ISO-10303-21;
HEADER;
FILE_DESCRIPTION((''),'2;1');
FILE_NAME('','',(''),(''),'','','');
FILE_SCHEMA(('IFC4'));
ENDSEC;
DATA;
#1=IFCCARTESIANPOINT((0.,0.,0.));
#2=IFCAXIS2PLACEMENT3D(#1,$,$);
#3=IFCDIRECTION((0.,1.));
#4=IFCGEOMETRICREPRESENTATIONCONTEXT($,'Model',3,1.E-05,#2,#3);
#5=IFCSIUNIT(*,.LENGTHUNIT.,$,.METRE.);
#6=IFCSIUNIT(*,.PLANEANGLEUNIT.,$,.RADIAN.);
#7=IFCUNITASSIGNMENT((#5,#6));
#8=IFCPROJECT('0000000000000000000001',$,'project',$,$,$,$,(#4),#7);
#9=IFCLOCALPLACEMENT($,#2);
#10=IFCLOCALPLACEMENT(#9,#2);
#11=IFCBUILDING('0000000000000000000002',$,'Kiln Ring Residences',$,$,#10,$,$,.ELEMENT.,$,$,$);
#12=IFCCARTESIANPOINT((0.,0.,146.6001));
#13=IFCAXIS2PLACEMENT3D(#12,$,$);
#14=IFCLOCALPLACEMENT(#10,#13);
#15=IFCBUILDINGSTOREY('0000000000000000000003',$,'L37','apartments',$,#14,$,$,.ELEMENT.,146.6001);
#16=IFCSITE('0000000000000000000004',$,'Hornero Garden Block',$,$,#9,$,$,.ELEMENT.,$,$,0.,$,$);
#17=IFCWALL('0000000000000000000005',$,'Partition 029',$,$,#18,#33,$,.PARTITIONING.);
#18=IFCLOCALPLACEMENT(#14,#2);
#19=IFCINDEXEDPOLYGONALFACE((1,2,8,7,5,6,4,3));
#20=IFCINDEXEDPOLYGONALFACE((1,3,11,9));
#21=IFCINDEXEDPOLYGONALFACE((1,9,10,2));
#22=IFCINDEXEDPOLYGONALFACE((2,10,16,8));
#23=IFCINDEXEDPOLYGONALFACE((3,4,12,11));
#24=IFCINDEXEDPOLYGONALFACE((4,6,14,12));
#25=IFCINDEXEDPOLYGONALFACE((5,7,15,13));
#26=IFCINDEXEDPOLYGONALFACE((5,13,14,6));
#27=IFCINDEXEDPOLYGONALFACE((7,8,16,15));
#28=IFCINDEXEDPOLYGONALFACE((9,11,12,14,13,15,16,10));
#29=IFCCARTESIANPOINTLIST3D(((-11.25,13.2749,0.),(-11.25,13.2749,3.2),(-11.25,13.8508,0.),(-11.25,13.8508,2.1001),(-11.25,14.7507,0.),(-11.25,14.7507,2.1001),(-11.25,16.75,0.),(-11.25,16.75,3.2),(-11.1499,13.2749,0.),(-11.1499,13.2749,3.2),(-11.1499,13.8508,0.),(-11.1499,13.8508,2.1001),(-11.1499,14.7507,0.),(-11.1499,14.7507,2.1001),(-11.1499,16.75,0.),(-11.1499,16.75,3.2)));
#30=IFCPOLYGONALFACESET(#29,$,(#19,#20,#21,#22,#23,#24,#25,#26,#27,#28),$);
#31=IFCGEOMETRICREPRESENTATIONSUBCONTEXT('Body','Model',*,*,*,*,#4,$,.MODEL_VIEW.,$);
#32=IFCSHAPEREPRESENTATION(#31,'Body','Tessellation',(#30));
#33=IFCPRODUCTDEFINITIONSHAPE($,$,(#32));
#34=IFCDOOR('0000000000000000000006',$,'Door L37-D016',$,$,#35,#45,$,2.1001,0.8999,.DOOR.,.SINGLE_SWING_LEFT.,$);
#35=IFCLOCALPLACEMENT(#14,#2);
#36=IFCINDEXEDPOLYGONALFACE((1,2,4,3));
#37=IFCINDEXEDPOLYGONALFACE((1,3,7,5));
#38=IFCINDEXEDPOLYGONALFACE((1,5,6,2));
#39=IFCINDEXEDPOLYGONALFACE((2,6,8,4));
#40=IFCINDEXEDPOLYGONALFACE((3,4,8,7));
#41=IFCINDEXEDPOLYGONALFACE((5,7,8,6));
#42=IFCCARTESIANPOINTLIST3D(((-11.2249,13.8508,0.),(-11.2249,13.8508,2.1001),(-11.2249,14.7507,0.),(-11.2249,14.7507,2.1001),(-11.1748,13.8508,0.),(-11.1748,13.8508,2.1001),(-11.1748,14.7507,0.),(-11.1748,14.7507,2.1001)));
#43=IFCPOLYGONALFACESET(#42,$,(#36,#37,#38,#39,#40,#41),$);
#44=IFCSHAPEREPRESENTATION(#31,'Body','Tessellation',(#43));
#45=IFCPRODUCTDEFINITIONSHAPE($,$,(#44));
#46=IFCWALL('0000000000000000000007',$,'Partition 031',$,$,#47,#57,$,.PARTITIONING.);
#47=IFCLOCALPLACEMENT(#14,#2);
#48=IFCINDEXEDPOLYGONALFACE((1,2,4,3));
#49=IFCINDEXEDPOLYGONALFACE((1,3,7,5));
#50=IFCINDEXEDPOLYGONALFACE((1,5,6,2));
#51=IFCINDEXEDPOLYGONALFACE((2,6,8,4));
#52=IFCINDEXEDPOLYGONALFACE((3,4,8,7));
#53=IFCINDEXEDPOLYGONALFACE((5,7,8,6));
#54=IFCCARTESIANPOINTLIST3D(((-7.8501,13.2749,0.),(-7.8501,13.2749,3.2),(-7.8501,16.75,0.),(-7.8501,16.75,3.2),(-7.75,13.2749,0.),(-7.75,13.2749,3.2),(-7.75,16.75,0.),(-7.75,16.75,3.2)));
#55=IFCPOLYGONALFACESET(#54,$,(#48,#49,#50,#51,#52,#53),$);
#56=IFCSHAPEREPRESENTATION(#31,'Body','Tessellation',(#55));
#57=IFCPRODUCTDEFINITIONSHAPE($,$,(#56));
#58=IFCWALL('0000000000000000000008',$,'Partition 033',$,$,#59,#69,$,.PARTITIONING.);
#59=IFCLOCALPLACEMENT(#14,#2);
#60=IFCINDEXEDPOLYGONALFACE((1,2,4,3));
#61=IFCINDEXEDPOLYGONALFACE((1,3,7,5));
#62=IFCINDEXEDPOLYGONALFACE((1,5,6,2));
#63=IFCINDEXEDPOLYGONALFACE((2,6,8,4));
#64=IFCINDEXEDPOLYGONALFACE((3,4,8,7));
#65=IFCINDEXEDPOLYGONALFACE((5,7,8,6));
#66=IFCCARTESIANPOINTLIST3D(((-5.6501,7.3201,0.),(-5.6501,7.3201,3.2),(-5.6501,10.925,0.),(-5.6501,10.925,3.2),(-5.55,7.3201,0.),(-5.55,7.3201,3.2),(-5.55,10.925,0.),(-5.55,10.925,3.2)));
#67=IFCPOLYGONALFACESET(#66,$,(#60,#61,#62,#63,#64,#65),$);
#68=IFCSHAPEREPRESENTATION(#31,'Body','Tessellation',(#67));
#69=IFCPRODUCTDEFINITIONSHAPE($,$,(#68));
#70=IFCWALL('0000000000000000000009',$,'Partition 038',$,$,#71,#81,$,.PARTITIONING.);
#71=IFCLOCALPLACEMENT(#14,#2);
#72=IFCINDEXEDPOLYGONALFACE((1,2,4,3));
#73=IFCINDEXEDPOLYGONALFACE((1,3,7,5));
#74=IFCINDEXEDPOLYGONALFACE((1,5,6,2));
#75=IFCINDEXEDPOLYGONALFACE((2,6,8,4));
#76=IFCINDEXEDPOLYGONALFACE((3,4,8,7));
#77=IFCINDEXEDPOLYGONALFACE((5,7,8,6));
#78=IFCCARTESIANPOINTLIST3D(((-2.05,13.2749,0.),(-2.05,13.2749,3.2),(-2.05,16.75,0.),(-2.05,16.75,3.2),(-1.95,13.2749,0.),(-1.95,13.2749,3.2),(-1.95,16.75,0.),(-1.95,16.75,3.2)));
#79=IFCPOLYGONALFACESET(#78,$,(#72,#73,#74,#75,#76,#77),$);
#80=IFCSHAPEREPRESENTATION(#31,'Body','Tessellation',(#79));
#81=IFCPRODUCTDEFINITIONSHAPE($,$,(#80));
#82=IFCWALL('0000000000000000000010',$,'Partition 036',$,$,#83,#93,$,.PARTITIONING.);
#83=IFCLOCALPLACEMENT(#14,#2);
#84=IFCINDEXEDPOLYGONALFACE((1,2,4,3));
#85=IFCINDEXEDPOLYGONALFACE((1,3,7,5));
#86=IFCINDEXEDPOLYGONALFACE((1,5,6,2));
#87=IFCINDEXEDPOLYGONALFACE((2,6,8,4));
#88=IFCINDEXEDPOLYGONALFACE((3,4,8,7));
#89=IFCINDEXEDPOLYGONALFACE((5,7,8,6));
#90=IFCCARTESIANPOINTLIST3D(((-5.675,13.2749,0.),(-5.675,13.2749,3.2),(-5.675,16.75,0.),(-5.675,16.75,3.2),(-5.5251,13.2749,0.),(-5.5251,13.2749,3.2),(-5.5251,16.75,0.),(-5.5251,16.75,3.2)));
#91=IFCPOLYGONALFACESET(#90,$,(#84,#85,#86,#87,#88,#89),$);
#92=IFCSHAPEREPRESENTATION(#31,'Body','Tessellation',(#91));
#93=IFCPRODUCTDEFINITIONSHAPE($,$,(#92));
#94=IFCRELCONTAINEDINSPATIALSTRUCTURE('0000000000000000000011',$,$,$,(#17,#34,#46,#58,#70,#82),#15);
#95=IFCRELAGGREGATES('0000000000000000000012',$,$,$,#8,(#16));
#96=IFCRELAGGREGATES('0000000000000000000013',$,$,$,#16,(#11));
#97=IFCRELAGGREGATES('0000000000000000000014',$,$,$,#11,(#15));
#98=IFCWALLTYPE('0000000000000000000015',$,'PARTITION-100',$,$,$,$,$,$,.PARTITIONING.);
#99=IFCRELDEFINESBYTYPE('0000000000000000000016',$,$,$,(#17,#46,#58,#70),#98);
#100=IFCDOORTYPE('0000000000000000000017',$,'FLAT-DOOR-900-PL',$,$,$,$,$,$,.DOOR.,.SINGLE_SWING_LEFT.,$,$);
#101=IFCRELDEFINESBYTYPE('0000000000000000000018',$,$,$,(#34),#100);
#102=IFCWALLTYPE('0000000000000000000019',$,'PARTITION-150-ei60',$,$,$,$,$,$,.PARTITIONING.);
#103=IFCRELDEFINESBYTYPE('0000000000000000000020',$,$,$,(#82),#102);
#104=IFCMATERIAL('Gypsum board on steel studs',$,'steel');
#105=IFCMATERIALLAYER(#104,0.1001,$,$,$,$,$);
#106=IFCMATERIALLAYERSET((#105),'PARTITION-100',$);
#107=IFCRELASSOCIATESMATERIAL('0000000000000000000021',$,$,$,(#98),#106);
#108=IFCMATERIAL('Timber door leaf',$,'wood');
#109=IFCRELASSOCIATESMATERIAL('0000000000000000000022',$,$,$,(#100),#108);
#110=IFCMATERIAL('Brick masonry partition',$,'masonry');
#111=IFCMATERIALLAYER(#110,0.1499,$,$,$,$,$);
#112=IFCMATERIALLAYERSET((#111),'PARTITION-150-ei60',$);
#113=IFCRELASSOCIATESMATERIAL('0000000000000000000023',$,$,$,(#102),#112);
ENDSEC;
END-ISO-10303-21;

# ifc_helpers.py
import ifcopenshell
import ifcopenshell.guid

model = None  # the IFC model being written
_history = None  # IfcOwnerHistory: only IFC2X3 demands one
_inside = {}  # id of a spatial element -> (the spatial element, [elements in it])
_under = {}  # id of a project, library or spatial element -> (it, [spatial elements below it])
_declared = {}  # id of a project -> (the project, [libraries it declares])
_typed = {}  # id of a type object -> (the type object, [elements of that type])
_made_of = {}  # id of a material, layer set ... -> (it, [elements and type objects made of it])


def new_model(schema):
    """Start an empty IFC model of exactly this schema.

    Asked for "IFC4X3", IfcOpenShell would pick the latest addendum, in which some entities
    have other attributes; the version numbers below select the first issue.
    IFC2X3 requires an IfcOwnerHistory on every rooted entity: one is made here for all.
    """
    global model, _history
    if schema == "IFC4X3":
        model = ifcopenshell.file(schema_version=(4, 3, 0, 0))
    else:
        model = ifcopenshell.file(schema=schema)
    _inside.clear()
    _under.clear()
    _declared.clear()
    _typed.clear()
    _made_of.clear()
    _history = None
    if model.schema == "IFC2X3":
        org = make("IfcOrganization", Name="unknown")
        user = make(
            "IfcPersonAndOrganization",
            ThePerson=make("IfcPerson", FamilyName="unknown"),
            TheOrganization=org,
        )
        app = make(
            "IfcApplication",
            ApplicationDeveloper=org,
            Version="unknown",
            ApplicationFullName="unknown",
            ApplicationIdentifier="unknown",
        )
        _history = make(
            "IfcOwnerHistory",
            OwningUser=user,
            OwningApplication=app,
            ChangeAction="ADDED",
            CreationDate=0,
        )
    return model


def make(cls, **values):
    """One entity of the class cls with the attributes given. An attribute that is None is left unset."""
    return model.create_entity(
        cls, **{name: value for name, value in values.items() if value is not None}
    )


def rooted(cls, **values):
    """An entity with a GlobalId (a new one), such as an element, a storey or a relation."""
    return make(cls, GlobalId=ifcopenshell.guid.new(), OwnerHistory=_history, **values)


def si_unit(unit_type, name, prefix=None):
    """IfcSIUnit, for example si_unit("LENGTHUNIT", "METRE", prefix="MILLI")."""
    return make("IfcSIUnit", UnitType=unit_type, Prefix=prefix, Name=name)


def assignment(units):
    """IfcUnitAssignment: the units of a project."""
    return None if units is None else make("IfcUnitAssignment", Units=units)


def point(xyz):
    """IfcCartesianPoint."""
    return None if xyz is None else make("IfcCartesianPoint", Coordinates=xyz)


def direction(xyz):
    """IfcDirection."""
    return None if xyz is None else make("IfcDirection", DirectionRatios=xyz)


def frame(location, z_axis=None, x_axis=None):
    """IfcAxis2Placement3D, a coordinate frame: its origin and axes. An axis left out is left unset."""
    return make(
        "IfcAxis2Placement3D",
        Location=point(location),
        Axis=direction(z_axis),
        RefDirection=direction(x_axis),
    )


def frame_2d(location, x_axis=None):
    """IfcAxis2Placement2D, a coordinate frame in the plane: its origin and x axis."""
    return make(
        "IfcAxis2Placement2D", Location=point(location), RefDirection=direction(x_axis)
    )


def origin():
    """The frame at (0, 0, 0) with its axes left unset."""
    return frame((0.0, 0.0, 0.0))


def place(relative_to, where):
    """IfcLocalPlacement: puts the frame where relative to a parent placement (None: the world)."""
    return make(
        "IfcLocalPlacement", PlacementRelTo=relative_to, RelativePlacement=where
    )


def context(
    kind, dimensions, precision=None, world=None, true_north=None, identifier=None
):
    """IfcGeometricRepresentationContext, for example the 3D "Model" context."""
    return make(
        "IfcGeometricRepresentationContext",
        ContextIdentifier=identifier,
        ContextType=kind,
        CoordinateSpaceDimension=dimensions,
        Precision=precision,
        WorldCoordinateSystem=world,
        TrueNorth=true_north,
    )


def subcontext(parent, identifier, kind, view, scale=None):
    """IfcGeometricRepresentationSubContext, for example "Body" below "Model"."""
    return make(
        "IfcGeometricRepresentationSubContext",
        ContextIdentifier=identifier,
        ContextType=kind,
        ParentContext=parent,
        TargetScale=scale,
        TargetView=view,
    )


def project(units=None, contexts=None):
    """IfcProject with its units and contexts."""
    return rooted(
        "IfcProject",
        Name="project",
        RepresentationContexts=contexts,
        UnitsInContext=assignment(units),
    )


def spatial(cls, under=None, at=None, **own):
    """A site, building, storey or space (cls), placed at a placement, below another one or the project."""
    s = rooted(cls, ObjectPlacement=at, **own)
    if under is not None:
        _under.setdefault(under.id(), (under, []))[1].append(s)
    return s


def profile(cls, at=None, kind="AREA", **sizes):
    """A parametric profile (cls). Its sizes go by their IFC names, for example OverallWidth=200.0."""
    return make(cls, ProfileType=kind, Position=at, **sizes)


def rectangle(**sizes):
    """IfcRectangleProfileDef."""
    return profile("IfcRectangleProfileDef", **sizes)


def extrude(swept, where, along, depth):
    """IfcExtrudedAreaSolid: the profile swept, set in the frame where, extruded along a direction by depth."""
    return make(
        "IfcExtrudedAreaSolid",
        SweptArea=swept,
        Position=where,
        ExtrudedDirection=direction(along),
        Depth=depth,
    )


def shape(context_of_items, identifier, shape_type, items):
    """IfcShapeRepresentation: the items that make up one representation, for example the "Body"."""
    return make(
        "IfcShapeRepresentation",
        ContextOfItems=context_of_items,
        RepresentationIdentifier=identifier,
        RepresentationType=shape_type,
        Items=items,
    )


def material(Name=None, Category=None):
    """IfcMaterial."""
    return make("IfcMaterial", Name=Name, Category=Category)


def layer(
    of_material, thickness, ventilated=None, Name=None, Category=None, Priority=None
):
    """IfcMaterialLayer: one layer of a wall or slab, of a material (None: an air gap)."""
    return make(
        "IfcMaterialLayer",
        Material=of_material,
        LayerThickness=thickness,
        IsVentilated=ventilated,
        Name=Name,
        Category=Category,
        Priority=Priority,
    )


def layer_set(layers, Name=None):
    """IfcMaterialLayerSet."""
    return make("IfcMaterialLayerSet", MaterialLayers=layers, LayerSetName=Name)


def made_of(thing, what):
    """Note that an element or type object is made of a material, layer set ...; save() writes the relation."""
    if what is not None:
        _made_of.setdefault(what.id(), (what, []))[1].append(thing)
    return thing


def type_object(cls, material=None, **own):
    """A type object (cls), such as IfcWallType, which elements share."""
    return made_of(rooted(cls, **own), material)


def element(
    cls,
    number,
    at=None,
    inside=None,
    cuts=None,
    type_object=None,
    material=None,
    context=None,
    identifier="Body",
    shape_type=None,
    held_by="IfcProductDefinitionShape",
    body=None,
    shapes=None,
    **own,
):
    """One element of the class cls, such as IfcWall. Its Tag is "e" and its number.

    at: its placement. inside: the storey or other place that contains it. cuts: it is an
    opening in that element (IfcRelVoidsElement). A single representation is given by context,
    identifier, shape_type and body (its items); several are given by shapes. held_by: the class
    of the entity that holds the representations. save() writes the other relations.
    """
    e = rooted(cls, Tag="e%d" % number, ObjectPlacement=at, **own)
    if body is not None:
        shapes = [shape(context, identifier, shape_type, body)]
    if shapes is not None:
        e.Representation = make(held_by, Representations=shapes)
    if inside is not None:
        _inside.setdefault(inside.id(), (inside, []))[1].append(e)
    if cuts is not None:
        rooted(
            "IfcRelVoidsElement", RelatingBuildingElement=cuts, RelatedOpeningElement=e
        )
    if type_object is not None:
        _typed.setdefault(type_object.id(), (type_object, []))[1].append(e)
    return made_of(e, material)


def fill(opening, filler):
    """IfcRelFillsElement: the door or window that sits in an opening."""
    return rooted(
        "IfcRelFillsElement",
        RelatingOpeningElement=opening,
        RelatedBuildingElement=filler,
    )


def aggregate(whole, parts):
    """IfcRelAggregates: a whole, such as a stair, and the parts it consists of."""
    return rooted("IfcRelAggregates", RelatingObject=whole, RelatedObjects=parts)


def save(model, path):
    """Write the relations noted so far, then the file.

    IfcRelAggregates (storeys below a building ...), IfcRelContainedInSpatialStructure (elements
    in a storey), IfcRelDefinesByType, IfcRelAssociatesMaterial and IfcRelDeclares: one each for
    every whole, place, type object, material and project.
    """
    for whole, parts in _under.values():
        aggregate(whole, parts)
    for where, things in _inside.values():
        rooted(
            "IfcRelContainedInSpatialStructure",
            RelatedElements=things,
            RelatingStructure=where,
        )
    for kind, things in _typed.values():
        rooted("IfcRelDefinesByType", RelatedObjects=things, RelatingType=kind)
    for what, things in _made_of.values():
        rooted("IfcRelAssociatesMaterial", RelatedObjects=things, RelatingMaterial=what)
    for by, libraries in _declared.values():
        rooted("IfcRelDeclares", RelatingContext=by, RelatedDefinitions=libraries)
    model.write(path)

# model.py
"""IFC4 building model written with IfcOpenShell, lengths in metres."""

from ifc_helpers import new_model, si_unit, direction, frame, frame_2d, origin, place, context, subcontext, project, spatial, rectangle, extrude, material, layer, layer_set, type_object, element, fill, save


model = new_model("IFC4")

# Units and contexts
model_context = context("Model", 3, precision=1e-05, world=origin(), true_north=direction((0.0, 1.0)))
body_context = subcontext(model_context, "Body", "Model", "MODEL_VIEW")
ifc_project = project(units=[si_unit("LENGTHUNIT", "METRE"), si_unit("PLANEANGLEUNIT", "RADIAN")], contexts=[model_context])

# Site, building, storey
site_placement = place(None, origin())
site = spatial("IfcSite", under=ifc_project, at=site_placement, Name="Hornero Garden Block", CompositionType="ELEMENT", RefElevation=0.0)
building_placement = place(site_placement, origin())
building = spatial("IfcBuilding", under=site, at=building_placement, Name="Kiln Ring Residences", CompositionType="ELEMENT")
storey_placement = place(building_placement, frame((0.0, 0.0, 146.6001)))
storey = spatial("IfcBuildingStorey", under=building, at=storey_placement, Name="L37", Description="apartments", CompositionType="ELEMENT", Elevation=146.6001)

# Wall, opening, door
ifc_material_1 = material(Name="Gypsum board on steel studs", Category="steel")
ifc_layer_1 = layer(ifc_material_1, 0.1001)
ifc_layer_set_1 = layer_set([ifc_layer_1], Name="PARTITION-100")
wall_type_1 = type_object("IfcWallType", Name="PARTITION-100", PredefinedType="PARTITIONING", material=ifc_layer_set_1)
wall_1_placement = place(storey_placement, frame((-11.2, 13.2749, 0.0), z_axis=(0.0, 0.0, 1.0), x_axis=(0.0, 1.0, 0.0)))
wall_1 = element("IfcWall", 1, at=wall_1_placement, inside=storey, type_object=wall_type_1, Name="Partition 029", PredefinedType="PARTITIONING", context=body_context, shape_type="SweptSolid", body=[
    extrude(rectangle(XDim=3.4751, YDim=0.1001, at=frame_2d((1.7375, 0.0))), origin(), (0.0, 0.0, 1.0), 3.2),
])
opening_placement = place(wall_1_placement, frame((0.5759, 0.0, 0.0)))
opening = element("IfcOpeningElement", 2, at=opening_placement, cuts=wall_1, PredefinedType="OPENING", context=body_context, shape_type="SweptSolid", body=[
    extrude(rectangle(XDim=0.8999, YDim=2.1001, at=frame_2d((0.45, 1.05))), frame((0.0, 0.0601, 0.0), z_axis=(0.0, -1.0, 0.0), x_axis=(1.0, 0.0, 0.0)), (0.0, 0.0, 1.0), 0.1201),
])
ifc_material_2 = material(Name="Timber door leaf", Category="wood")
door_type = type_object("IfcDoorType", Name="FLAT-DOOR-900-PL", OperationType="SINGLE_SWING_LEFT", PredefinedType="DOOR", material=ifc_material_2)
door_placement = place(opening_placement, origin())
door = element("IfcDoor", 3, at=door_placement, inside=storey, type_object=door_type, Name="Door L37-D016", OperationType="SINGLE_SWING_LEFT", OverallHeight=2.1001, OverallWidth=0.8999, PredefinedType="DOOR", context=body_context, shape_type="SweptSolid", body=[
    extrude(rectangle(XDim=0.8999, YDim=2.1001, at=frame_2d((0.45, 1.05))), frame((0.0, 0.0249, 0.0), z_axis=(0.0, -1.0, 0.0), x_axis=(1.0, 0.0, 0.0)), (0.0, 0.0, 1.0), 0.05),
])
fill(opening, door)

# Walls
wall_2_placement = place(storey_placement, frame((-7.8, 13.2749, 0.0), z_axis=(0.0, 0.0, 1.0), x_axis=(0.0, 1.0, 0.0)))
element("IfcWall", 4, at=wall_2_placement, inside=storey, type_object=wall_type_1, Name="Partition 031", PredefinedType="PARTITIONING", context=body_context, shape_type="SweptSolid", body=[
    extrude(rectangle(XDim=3.4751, YDim=0.1001, at=frame_2d((1.7375, 0.0))), origin(), (0.0, 0.0, 1.0), 3.2),
])
wall_3_placement = place(storey_placement, frame((-5.6001, 7.3201, 0.0), z_axis=(0.0, 0.0, 1.0), x_axis=(0.0, 1.0, 0.0)))
element("IfcWall", 5, at=wall_3_placement, inside=storey, type_object=wall_type_1, Name="Partition 033", PredefinedType="PARTITIONING", context=body_context, shape_type="SweptSolid", body=[
    extrude(rectangle(XDim=3.605, YDim=0.1001, at=frame_2d((1.8025, 0.0))), origin(), (0.0, 0.0, 1.0), 3.2),
])
wall_4_placement = place(storey_placement, frame((-2.0, 13.2749, 0.0), z_axis=(0.0, 0.0, 1.0), x_axis=(0.0, 1.0, 0.0)))
element("IfcWall", 6, at=wall_4_placement, inside=storey, type_object=wall_type_1, Name="Partition 038", PredefinedType="PARTITIONING", context=body_context, shape_type="SweptSolid", body=[
    extrude(rectangle(XDim=3.4751, YDim=0.1001, at=frame_2d((1.7375, 0.0))), origin(), (0.0, 0.0, 1.0), 3.2),
])
ifc_material_3 = material(Name="Brick masonry partition", Category="masonry")
ifc_layer_2 = layer(ifc_material_3, 0.1499)
ifc_layer_set_2 = layer_set([ifc_layer_2], Name="PARTITION-150-ei60")
wall_type_2 = type_object("IfcWallType", Name="PARTITION-150-ei60", PredefinedType="PARTITIONING", material=ifc_layer_set_2)
wall_5_placement = place(storey_placement, frame((-5.6001, 13.2749, 0.0), z_axis=(0.0, 0.0, 1.0), x_axis=(0.0, 1.0, 0.0)))
element("IfcWall", 7, at=wall_5_placement, inside=storey, type_object=wall_type_2, Name="Partition 036", PredefinedType="PARTITIONING", context=body_context, shape_type="SweptSolid", body=[
    extrude(rectangle(XDim=3.4751, YDim=0.1499, at=frame_2d((1.7375, 0.0))), origin(), (0.0, 0.0, 1.0), 3.2),
])

save(model, "model.ifc")
